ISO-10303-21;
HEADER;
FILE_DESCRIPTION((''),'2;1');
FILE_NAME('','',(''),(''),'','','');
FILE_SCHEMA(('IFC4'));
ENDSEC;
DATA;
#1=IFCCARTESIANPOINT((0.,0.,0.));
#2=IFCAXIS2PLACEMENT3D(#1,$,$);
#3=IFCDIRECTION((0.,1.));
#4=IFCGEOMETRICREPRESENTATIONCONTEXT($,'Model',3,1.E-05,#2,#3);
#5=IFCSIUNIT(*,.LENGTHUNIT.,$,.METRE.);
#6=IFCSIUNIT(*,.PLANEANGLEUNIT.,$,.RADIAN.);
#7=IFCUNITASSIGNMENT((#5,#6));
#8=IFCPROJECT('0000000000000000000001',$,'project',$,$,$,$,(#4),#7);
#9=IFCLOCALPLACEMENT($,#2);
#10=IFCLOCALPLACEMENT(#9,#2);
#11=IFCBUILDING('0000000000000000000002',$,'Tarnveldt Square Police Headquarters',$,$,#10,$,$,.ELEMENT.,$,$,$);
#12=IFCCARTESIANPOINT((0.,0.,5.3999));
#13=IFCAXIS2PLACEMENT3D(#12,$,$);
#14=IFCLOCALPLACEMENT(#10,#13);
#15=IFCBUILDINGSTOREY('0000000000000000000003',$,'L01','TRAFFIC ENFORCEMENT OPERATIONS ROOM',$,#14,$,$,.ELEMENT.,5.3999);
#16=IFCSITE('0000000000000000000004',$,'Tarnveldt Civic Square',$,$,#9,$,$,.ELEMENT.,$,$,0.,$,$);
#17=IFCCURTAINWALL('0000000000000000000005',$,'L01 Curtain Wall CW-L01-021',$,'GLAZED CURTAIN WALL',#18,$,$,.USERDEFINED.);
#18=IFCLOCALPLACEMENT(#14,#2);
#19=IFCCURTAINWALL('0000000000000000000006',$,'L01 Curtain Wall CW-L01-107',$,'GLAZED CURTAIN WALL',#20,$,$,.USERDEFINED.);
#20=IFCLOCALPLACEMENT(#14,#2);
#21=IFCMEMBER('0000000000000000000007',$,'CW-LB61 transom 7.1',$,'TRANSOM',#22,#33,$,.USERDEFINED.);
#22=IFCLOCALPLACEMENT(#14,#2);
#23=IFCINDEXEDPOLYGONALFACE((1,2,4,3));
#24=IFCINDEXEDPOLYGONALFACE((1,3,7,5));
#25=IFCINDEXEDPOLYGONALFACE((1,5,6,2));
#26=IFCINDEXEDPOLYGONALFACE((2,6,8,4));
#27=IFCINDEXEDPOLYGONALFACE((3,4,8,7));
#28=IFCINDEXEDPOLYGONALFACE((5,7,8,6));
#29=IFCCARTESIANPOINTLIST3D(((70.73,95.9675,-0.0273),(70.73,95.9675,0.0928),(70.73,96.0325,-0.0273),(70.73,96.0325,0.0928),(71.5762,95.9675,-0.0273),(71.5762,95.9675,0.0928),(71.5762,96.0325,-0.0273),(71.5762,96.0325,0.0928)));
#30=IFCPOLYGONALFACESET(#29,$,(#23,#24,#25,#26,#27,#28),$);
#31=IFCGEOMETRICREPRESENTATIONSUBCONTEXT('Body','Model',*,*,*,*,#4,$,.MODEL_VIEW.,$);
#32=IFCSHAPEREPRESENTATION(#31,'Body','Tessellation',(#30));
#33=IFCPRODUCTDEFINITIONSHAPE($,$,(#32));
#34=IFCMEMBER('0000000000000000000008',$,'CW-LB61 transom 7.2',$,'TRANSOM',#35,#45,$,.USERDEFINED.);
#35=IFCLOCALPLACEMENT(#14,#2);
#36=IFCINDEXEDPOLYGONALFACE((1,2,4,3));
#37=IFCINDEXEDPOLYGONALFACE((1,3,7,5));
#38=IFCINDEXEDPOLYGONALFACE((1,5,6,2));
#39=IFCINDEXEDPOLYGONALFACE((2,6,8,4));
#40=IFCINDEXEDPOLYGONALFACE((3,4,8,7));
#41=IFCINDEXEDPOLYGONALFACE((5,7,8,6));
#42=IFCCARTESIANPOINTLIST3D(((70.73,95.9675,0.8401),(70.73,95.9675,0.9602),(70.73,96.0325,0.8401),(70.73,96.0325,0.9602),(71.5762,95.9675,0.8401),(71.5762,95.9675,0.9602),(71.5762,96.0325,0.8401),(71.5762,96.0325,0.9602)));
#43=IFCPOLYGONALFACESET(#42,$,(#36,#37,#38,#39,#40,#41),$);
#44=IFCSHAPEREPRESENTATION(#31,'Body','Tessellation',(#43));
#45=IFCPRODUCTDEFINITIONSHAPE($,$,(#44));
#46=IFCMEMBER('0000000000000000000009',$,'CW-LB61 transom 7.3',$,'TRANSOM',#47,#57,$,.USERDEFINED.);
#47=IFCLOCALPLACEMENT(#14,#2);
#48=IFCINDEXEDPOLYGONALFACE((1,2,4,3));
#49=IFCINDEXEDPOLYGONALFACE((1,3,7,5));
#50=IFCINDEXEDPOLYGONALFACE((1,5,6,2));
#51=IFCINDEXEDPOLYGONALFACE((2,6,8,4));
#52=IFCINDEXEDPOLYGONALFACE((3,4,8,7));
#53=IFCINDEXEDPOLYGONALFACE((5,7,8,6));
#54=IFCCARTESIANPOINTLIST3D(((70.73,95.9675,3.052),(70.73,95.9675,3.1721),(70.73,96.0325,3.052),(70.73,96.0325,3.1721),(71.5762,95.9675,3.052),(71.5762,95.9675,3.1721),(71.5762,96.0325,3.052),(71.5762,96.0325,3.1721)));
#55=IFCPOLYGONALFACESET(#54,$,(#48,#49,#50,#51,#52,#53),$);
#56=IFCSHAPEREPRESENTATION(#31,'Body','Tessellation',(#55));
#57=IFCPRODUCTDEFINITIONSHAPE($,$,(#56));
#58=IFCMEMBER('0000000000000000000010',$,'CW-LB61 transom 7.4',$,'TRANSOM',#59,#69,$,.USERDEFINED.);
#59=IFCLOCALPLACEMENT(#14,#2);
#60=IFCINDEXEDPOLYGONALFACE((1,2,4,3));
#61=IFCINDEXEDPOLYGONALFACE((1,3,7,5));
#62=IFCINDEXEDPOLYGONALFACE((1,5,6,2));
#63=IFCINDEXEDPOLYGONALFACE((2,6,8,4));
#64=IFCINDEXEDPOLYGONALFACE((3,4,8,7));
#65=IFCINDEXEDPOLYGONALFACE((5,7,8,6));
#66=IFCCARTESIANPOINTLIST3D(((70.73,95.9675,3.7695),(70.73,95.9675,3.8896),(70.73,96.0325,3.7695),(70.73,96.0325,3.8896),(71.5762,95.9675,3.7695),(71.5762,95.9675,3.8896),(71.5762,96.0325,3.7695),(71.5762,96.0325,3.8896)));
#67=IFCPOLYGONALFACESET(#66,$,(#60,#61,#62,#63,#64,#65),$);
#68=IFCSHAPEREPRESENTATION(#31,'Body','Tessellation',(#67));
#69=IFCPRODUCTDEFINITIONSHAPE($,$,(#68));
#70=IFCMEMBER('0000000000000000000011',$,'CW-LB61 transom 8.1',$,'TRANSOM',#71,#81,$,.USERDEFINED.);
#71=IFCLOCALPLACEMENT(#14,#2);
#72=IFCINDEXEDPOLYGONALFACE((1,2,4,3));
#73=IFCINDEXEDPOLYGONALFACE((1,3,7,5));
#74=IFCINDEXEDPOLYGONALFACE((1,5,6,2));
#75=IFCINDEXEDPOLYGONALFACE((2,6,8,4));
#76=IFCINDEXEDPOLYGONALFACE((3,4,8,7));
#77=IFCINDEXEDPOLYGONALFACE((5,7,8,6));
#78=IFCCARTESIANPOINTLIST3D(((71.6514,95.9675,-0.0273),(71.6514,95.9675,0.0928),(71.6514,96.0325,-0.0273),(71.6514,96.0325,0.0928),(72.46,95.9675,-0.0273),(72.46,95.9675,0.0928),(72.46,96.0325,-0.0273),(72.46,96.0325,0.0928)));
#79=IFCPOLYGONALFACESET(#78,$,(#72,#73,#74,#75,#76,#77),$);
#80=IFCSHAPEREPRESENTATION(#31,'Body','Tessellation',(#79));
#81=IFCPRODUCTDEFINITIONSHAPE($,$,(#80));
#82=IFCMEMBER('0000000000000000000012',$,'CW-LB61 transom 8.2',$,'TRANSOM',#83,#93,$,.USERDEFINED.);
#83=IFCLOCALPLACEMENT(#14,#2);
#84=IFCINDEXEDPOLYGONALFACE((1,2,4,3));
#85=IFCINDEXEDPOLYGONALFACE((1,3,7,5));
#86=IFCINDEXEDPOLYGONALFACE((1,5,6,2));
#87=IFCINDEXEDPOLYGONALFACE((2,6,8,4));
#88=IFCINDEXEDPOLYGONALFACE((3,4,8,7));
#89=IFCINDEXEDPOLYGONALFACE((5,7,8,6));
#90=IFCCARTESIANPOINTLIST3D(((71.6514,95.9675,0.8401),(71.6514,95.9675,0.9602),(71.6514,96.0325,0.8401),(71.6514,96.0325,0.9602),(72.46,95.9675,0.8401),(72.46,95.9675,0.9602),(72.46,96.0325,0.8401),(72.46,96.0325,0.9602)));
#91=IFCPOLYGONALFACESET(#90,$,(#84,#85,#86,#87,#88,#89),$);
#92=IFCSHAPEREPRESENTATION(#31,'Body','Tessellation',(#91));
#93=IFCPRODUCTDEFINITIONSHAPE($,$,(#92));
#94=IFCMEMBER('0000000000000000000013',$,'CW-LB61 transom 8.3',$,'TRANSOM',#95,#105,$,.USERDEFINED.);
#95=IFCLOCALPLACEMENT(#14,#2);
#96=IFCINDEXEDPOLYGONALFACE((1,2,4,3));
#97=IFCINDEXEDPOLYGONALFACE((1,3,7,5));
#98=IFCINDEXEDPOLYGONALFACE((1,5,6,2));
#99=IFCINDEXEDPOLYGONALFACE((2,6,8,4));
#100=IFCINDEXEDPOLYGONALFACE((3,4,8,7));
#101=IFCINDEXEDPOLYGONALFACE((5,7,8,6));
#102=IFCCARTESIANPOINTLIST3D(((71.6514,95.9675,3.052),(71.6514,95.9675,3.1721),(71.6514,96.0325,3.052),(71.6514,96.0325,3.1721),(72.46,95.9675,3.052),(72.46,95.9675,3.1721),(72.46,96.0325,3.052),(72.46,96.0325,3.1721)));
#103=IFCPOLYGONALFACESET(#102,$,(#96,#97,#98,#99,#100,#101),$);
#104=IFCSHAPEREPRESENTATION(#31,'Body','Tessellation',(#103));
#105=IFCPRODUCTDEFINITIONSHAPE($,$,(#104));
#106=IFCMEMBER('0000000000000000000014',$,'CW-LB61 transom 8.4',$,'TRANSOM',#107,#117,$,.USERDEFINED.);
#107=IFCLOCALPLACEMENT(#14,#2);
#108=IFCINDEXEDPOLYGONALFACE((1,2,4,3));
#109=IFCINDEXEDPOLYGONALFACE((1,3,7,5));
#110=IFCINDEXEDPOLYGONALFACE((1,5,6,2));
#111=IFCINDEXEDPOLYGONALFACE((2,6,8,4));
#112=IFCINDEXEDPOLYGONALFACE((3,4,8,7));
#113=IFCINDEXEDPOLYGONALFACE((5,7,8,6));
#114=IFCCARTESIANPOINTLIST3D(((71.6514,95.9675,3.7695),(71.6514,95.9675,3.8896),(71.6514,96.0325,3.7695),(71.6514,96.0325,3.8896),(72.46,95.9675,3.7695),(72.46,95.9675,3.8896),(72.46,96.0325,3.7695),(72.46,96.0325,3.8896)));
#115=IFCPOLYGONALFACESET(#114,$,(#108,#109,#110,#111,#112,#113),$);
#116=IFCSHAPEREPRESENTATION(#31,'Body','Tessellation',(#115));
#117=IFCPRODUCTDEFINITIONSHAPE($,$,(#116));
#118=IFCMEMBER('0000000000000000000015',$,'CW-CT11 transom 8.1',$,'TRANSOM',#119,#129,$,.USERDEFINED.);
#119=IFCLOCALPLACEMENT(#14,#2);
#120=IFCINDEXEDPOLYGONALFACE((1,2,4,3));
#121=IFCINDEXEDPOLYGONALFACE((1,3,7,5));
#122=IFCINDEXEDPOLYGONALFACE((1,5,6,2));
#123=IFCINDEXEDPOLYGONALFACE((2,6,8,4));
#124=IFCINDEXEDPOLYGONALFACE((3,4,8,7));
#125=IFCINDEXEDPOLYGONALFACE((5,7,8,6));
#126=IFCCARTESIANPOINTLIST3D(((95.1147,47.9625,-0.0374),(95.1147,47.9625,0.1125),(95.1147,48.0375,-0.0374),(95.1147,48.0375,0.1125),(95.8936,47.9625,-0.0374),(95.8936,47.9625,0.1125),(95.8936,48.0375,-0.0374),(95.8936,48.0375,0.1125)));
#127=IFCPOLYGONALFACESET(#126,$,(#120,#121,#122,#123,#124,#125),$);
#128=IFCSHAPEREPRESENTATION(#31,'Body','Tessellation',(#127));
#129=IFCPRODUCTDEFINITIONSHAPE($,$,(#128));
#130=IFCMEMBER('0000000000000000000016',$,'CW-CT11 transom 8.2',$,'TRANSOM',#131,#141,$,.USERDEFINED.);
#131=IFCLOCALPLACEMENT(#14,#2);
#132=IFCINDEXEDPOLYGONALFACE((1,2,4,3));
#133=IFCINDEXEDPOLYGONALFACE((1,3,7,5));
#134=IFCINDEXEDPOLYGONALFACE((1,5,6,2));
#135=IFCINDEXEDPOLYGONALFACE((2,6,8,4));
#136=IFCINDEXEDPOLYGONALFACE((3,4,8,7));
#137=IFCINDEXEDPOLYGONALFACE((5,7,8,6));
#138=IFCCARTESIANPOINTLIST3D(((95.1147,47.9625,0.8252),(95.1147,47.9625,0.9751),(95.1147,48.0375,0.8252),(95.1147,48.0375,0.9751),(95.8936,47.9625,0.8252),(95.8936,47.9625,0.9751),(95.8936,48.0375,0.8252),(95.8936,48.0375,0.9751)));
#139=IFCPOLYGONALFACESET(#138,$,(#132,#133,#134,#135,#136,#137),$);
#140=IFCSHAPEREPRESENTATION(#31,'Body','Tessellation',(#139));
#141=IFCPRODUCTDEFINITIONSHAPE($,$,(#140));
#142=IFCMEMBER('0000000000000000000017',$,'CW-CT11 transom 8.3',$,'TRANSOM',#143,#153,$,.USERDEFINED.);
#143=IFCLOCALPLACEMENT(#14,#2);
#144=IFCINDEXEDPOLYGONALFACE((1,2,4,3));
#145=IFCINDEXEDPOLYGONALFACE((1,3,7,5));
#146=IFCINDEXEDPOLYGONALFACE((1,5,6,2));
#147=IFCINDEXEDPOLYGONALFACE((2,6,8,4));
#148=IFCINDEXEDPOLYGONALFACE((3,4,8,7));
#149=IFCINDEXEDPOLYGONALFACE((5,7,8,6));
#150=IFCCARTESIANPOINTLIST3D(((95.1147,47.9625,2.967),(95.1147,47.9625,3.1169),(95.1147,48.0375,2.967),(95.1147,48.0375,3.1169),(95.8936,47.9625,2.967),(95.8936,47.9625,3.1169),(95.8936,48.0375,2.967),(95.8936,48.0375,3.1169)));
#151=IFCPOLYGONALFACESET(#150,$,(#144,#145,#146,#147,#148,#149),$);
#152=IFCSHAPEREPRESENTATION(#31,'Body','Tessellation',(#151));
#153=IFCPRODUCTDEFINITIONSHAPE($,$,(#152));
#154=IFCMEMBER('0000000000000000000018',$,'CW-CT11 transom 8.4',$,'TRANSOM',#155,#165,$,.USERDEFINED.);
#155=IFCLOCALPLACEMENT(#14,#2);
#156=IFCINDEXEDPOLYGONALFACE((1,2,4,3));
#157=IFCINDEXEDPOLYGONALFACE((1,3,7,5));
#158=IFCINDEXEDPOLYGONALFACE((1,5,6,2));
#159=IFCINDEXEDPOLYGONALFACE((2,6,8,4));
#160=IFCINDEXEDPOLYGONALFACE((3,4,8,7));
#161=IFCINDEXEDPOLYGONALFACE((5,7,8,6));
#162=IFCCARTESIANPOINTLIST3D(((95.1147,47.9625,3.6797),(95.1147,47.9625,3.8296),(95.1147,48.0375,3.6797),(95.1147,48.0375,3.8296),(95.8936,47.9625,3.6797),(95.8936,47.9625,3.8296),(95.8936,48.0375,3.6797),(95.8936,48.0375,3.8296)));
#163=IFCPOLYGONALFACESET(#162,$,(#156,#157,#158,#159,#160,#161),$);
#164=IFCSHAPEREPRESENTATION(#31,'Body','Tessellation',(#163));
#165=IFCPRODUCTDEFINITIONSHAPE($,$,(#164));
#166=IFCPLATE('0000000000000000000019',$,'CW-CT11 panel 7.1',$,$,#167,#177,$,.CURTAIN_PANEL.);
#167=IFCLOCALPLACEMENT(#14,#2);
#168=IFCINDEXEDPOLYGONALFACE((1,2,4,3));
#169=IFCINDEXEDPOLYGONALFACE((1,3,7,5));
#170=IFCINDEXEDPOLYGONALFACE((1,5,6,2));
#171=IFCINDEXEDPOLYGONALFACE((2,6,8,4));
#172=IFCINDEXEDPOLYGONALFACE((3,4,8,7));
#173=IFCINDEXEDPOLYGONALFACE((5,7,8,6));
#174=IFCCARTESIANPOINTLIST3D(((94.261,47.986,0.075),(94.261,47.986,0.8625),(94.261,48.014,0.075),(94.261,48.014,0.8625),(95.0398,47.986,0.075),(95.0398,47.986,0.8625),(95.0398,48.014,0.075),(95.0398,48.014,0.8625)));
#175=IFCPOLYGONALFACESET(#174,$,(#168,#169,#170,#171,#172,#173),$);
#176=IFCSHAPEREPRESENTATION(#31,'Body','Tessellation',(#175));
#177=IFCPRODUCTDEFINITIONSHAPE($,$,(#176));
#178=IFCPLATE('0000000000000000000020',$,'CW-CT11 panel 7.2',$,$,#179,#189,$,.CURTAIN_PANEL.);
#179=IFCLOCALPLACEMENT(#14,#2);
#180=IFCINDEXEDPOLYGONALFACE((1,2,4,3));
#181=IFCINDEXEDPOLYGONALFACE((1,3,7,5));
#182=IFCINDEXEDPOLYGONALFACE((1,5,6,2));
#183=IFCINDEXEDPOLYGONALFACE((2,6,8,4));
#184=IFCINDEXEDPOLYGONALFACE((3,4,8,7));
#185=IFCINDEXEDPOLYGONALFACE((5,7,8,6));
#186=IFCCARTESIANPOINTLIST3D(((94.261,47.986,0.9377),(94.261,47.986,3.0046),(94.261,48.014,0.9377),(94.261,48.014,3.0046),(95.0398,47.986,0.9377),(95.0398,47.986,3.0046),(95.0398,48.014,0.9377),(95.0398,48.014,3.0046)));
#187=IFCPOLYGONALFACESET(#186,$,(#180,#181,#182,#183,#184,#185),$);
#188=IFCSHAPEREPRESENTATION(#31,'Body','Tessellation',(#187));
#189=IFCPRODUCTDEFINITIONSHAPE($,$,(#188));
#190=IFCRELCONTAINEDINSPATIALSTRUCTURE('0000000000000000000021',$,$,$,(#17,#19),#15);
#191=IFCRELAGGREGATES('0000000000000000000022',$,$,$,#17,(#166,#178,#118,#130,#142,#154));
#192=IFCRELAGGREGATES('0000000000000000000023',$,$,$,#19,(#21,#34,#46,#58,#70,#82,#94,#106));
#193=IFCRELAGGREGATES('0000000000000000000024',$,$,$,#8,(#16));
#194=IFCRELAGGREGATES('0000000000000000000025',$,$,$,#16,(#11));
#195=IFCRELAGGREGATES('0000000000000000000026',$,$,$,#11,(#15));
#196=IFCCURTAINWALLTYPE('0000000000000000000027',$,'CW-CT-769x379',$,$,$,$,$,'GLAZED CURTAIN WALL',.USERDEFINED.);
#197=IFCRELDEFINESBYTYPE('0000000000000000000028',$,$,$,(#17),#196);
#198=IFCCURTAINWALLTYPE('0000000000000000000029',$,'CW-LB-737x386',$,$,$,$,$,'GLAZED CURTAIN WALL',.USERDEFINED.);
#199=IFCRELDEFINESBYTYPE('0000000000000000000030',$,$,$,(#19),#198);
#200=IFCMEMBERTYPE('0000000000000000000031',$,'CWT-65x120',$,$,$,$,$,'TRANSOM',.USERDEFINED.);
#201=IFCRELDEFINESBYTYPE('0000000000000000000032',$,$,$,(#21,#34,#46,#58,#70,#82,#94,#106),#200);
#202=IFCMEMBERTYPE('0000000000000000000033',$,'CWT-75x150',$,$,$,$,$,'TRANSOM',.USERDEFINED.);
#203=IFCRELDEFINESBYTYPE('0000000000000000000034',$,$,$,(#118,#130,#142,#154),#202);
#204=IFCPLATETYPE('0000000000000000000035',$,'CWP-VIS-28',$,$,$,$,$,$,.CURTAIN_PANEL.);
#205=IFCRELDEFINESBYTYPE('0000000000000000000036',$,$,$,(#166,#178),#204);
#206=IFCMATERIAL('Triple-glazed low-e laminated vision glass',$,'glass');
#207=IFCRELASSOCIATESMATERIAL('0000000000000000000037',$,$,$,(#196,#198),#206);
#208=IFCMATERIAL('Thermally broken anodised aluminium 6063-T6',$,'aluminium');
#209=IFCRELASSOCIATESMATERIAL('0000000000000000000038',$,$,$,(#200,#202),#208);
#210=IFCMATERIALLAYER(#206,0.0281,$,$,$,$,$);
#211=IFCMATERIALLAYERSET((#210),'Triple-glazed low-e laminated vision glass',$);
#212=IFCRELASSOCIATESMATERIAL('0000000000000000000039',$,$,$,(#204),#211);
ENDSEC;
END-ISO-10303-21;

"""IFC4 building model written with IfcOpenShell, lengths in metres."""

from ifc_helpers import new_model, si_unit, direction, frame, origin, origin_2d, place, context, subcontext, project, spatial, rectangle, extrude, material, layer, layer_set, material_profile, profile_set, type_object, element, aggregate, save


model = new_model("IFC4")

# Units and contexts
model_context = context("Model", 3, precision=1e-05, world=origin(), true_north=direction((0.0, 1.0)))
body_context = subcontext(model_context, "Body", "Model", "MODEL_VIEW")
ifc_project = project(units=[si_unit("LENGTHUNIT", "METRE"), si_unit("PLANEANGLEUNIT", "RADIAN")], contexts=[model_context])

# Site, building, storey
site_placement = place(None, origin())
site = spatial("IfcSite", under=ifc_project, at=site_placement, Name="Tarnveldt Civic Square", CompositionType="ELEMENT", RefElevation=0.0)
building_placement = place(site_placement, origin())
building = spatial("IfcBuilding", under=site, at=building_placement, Name="Tarnveldt Square Police Headquarters", CompositionType="ELEMENT")
storey_placement = place(building_placement, frame((0.0, 0.0, 5.3999)))
storey = spatial("IfcBuildingStorey", under=building, at=storey_placement, Name="L01", Description="TRAFFIC ENFORCEMENT OPERATIONS ROOM", CompositionType="ELEMENT", Elevation=5.3999)

# Curtain wall
ifc_material_1 = material(Name="Triple-glazed low-e laminated vision glass", Category="glass")
curtain_wall_type_1 = type_object("IfcCurtainWallType", Name="CW-CT-769x379", ElementType="GLAZED CURTAIN WALL", PredefinedType="USERDEFINED", material=ifc_material_1)
curtain_wall_1_placement = place(storey_placement, origin())
curtain_wall_1 = element("IfcCurtainWall", 1, at=curtain_wall_1_placement, inside=storey, type_object=curtain_wall_type_1, Name="L01 Curtain Wall CW-L01-021", ObjectType="GLAZED CURTAIN WALL", PredefinedType="USERDEFINED")
ifc_material_2 = material(Name="Thermally broken anodised aluminium 6063-T6", Category="aluminium")

# Curtain wall, members
curtain_wall_type_2 = type_object("IfcCurtainWallType", Name="CW-LB-737x386", ElementType="GLAZED CURTAIN WALL", PredefinedType="USERDEFINED", material=ifc_material_1)
curtain_wall_2_placement = place(storey_placement, origin())
curtain_wall_2 = element("IfcCurtainWall", 2, at=curtain_wall_2_placement, inside=storey, type_object=curtain_wall_type_2, Name="L01 Curtain Wall CW-L01-107", ObjectType="GLAZED CURTAIN WALL", PredefinedType="USERDEFINED")
ifc_material_profile_1 = material_profile(ifc_material_2, rectangle(XDim=0.0649, YDim=0.1201, at=origin_2d()), Name="CW-T65x120")
ifc_profile_set_1 = profile_set([ifc_material_profile_1], Name="Thermally broken anodised aluminium 6063-T6")
member_type_1 = type_object("IfcMemberType", Name="CWT-65x120", ElementType="TRANSOM", PredefinedType="USERDEFINED", material=ifc_profile_set_1)
member_1_placement = place(storey_placement, frame((70.73, 96.0, 0.0327), z_axis=(1.0, 0.0, 0.0), x_axis=(0.0, 1.0, 0.0)))
member_1 = element("IfcMember", 3, at=member_1_placement, type_object=member_type_1, Name="CW-LB61 transom 7.1", ObjectType="TRANSOM", PredefinedType="USERDEFINED", context=body_context, shape_type="SweptSolid", body=[
    extrude(rectangle(XDim=0.0649, YDim=0.1201, at=origin_2d()), origin(), (0.0, 0.0, 1.0), 0.8462),
])
member_2_placement = place(storey_placement, frame((70.73, 96.0, 0.9001), z_axis=(1.0, 0.0, 0.0), x_axis=(0.0, 1.0, 0.0)))
member_2 = element("IfcMember", 4, at=member_2_placement, type_object=member_type_1, Name="CW-LB61 transom 7.2", ObjectType="TRANSOM", PredefinedType="USERDEFINED", context=body_context, shape_type="SweptSolid", body=[
    extrude(rectangle(XDim=0.0649, YDim=0.1201, at=origin_2d()), origin(), (0.0, 0.0, 1.0), 0.8462),
])
member_3_placement = place(storey_placement, frame((70.73, 96.0, 3.1121), z_axis=(1.0, 0.0, 0.0), x_axis=(0.0, 1.0, 0.0)))
member_3 = element("IfcMember", 5, at=member_3_placement, type_object=member_type_1, Name="CW-LB61 transom 7.3", ObjectType="TRANSOM", PredefinedType="USERDEFINED", context=body_context, shape_type="SweptSolid", body=[
    extrude(rectangle(XDim=0.0649, YDim=0.1201, at=origin_2d()), origin(), (0.0, 0.0, 1.0), 0.8462),
])
member_4_placement = place(storey_placement, frame((70.73, 96.0, 3.8296), z_axis=(1.0, 0.0, 0.0), x_axis=(0.0, 1.0, 0.0)))
member_4 = element("IfcMember", 6, at=member_4_placement, type_object=member_type_1, Name="CW-LB61 transom 7.4", ObjectType="TRANSOM", PredefinedType="USERDEFINED", context=body_context, shape_type="SweptSolid", body=[
    extrude(rectangle(XDim=0.0649, YDim=0.1201, at=origin_2d()), origin(), (0.0, 0.0, 1.0), 0.8462),
])
member_5_placement = place(storey_placement, frame((71.6514, 96.0, 0.0327), z_axis=(1.0, 0.0, 0.0), x_axis=(0.0, 1.0, 0.0)))
member_5 = element("IfcMember", 7, at=member_5_placement, type_object=member_type_1, Name="CW-LB61 transom 8.1", ObjectType="TRANSOM", PredefinedType="USERDEFINED", context=body_context, shape_type="SweptSolid", body=[
    extrude(rectangle(XDim=0.0649, YDim=0.1201, at=origin_2d()), origin(), (0.0, 0.0, 1.0), 0.8086),
])
member_6_placement = place(storey_placement, frame((71.6514, 96.0, 0.9001), z_axis=(1.0, 0.0, 0.0), x_axis=(0.0, 1.0, 0.0)))
member_6 = element("IfcMember", 8, at=member_6_placement, type_object=member_type_1, Name="CW-LB61 transom 8.2", ObjectType="TRANSOM", PredefinedType="USERDEFINED", context=body_context, shape_type="SweptSolid", body=[
    extrude(rectangle(XDim=0.0649, YDim=0.1201, at=origin_2d()), origin(), (0.0, 0.0, 1.0), 0.8086),
])
member_7_placement = place(storey_placement, frame((71.6514, 96.0, 3.1121), z_axis=(1.0, 0.0, 0.0), x_axis=(0.0, 1.0, 0.0)))
member_7 = element("IfcMember", 9, at=member_7_placement, type_object=member_type_1, Name="CW-LB61 transom 8.3", ObjectType="TRANSOM", PredefinedType="USERDEFINED", context=body_context, shape_type="SweptSolid", body=[
    extrude(rectangle(XDim=0.0649, YDim=0.1201, at=origin_2d()), origin(), (0.0, 0.0, 1.0), 0.8086),
])
member_8_placement = place(storey_placement, frame((71.6514, 96.0, 3.8296), z_axis=(1.0, 0.0, 0.0), x_axis=(0.0, 1.0, 0.0)))
member_8 = element("IfcMember", 10, at=member_8_placement, type_object=member_type_1, Name="CW-LB61 transom 8.4", ObjectType="TRANSOM", PredefinedType="USERDEFINED", context=body_context, shape_type="SweptSolid", body=[
    extrude(rectangle(XDim=0.0649, YDim=0.1201, at=origin_2d()), origin(), (0.0, 0.0, 1.0), 0.8086),
])

# Members
ifc_material_profile_2 = material_profile(ifc_material_2, rectangle(XDim=0.075, YDim=0.1499, at=origin_2d()), Name="CW-T75x150")
ifc_profile_set_2 = profile_set([ifc_material_profile_2], Name="Thermally broken anodised aluminium 6063-T6")
member_type_2 = type_object("IfcMemberType", Name="CWT-75x150", ElementType="TRANSOM", PredefinedType="USERDEFINED", material=ifc_profile_set_2)
member_9_placement = place(storey_placement, frame((95.1147, 48.0, 0.0376), z_axis=(1.0, 0.0, 0.0), x_axis=(0.0, 1.0, 0.0)))
member_9 = element("IfcMember", 11, at=member_9_placement, type_object=member_type_2, Name="CW-CT11 transom 8.1", ObjectType="TRANSOM", PredefinedType="USERDEFINED", context=body_context, shape_type="SweptSolid", body=[
    extrude(rectangle(XDim=0.075, YDim=0.1499, at=origin_2d()), origin(), (0.0, 0.0, 1.0), 0.7788),
])
member_10_placement = place(storey_placement, frame((95.1147, 48.0, 0.9001), z_axis=(1.0, 0.0, 0.0), x_axis=(0.0, 1.0, 0.0)))
member_10 = element("IfcMember", 12, at=member_10_placement, type_object=member_type_2, Name="CW-CT11 transom 8.2", ObjectType="TRANSOM", PredefinedType="USERDEFINED", context=body_context, shape_type="SweptSolid", body=[
    extrude(rectangle(XDim=0.075, YDim=0.1499, at=origin_2d()), origin(), (0.0, 0.0, 1.0), 0.7788),
])
member_11_placement = place(storey_placement, frame((95.1147, 48.0, 3.042), z_axis=(1.0, 0.0, 0.0), x_axis=(0.0, 1.0, 0.0)))
member_11 = element("IfcMember", 13, at=member_11_placement, type_object=member_type_2, Name="CW-CT11 transom 8.3", ObjectType="TRANSOM", PredefinedType="USERDEFINED", context=body_context, shape_type="SweptSolid", body=[
    extrude(rectangle(XDim=0.075, YDim=0.1499, at=origin_2d()), origin(), (0.0, 0.0, 1.0), 0.7788),
])
member_12_placement = place(storey_placement, frame((95.1147, 48.0, 3.7546), z_axis=(1.0, 0.0, 0.0), x_axis=(0.0, 1.0, 0.0)))
member_12 = element("IfcMember", 14, at=member_12_placement, type_object=member_type_2, Name="CW-CT11 transom 8.4", ObjectType="TRANSOM", PredefinedType="USERDEFINED", context=body_context, shape_type="SweptSolid", body=[
    extrude(rectangle(XDim=0.075, YDim=0.1499, at=origin_2d()), origin(), (0.0, 0.0, 1.0), 0.7788),
])

# Plates
ifc_layer = layer(ifc_material_1, 0.0281)
ifc_layer_set = layer_set([ifc_layer], Name="Triple-glazed low-e laminated vision glass")
plate_type = type_object("IfcPlateType", Name="CWP-VIS-28", PredefinedType="CURTAIN_PANEL", material=ifc_layer_set)
plate_1_placement = place(storey_placement, frame((94.6504, 48.0, 0.075), z_axis=(0.0, 0.0, 1.0), x_axis=(1.0, 0.0, 0.0)))
plate_1 = element("IfcPlate", 15, at=plate_1_placement, type_object=plate_type, Name="CW-CT11 panel 7.1", PredefinedType="CURTAIN_PANEL", context=body_context, shape_type="SweptSolid", body=[
    extrude(rectangle(XDim=0.7788, YDim=0.0281, at=origin_2d()), origin(), (0.0, 0.0, 1.0), 0.7876),
])
plate_2_placement = place(storey_placement, frame((94.6504, 48.0, 0.9377), z_axis=(0.0, 0.0, 1.0), x_axis=(1.0, 0.0, 0.0)))
plate_2 = element("IfcPlate", 16, at=plate_2_placement, type_object=plate_type, Name="CW-CT11 panel 7.2", PredefinedType="CURTAIN_PANEL", context=body_context, shape_type="SweptSolid", body=[
    extrude(rectangle(XDim=0.7788, YDim=0.0281, at=origin_2d()), origin(), (0.0, 0.0, 1.0), 2.0669),
])
aggregate(curtain_wall_1, [plate_1, plate_2, member_9, member_10, member_11, member_12])
aggregate(curtain_wall_2, [member_1, member_2, member_3, member_4, member_5, member_6, member_7, member_8])

save(model, "model.ifc")
